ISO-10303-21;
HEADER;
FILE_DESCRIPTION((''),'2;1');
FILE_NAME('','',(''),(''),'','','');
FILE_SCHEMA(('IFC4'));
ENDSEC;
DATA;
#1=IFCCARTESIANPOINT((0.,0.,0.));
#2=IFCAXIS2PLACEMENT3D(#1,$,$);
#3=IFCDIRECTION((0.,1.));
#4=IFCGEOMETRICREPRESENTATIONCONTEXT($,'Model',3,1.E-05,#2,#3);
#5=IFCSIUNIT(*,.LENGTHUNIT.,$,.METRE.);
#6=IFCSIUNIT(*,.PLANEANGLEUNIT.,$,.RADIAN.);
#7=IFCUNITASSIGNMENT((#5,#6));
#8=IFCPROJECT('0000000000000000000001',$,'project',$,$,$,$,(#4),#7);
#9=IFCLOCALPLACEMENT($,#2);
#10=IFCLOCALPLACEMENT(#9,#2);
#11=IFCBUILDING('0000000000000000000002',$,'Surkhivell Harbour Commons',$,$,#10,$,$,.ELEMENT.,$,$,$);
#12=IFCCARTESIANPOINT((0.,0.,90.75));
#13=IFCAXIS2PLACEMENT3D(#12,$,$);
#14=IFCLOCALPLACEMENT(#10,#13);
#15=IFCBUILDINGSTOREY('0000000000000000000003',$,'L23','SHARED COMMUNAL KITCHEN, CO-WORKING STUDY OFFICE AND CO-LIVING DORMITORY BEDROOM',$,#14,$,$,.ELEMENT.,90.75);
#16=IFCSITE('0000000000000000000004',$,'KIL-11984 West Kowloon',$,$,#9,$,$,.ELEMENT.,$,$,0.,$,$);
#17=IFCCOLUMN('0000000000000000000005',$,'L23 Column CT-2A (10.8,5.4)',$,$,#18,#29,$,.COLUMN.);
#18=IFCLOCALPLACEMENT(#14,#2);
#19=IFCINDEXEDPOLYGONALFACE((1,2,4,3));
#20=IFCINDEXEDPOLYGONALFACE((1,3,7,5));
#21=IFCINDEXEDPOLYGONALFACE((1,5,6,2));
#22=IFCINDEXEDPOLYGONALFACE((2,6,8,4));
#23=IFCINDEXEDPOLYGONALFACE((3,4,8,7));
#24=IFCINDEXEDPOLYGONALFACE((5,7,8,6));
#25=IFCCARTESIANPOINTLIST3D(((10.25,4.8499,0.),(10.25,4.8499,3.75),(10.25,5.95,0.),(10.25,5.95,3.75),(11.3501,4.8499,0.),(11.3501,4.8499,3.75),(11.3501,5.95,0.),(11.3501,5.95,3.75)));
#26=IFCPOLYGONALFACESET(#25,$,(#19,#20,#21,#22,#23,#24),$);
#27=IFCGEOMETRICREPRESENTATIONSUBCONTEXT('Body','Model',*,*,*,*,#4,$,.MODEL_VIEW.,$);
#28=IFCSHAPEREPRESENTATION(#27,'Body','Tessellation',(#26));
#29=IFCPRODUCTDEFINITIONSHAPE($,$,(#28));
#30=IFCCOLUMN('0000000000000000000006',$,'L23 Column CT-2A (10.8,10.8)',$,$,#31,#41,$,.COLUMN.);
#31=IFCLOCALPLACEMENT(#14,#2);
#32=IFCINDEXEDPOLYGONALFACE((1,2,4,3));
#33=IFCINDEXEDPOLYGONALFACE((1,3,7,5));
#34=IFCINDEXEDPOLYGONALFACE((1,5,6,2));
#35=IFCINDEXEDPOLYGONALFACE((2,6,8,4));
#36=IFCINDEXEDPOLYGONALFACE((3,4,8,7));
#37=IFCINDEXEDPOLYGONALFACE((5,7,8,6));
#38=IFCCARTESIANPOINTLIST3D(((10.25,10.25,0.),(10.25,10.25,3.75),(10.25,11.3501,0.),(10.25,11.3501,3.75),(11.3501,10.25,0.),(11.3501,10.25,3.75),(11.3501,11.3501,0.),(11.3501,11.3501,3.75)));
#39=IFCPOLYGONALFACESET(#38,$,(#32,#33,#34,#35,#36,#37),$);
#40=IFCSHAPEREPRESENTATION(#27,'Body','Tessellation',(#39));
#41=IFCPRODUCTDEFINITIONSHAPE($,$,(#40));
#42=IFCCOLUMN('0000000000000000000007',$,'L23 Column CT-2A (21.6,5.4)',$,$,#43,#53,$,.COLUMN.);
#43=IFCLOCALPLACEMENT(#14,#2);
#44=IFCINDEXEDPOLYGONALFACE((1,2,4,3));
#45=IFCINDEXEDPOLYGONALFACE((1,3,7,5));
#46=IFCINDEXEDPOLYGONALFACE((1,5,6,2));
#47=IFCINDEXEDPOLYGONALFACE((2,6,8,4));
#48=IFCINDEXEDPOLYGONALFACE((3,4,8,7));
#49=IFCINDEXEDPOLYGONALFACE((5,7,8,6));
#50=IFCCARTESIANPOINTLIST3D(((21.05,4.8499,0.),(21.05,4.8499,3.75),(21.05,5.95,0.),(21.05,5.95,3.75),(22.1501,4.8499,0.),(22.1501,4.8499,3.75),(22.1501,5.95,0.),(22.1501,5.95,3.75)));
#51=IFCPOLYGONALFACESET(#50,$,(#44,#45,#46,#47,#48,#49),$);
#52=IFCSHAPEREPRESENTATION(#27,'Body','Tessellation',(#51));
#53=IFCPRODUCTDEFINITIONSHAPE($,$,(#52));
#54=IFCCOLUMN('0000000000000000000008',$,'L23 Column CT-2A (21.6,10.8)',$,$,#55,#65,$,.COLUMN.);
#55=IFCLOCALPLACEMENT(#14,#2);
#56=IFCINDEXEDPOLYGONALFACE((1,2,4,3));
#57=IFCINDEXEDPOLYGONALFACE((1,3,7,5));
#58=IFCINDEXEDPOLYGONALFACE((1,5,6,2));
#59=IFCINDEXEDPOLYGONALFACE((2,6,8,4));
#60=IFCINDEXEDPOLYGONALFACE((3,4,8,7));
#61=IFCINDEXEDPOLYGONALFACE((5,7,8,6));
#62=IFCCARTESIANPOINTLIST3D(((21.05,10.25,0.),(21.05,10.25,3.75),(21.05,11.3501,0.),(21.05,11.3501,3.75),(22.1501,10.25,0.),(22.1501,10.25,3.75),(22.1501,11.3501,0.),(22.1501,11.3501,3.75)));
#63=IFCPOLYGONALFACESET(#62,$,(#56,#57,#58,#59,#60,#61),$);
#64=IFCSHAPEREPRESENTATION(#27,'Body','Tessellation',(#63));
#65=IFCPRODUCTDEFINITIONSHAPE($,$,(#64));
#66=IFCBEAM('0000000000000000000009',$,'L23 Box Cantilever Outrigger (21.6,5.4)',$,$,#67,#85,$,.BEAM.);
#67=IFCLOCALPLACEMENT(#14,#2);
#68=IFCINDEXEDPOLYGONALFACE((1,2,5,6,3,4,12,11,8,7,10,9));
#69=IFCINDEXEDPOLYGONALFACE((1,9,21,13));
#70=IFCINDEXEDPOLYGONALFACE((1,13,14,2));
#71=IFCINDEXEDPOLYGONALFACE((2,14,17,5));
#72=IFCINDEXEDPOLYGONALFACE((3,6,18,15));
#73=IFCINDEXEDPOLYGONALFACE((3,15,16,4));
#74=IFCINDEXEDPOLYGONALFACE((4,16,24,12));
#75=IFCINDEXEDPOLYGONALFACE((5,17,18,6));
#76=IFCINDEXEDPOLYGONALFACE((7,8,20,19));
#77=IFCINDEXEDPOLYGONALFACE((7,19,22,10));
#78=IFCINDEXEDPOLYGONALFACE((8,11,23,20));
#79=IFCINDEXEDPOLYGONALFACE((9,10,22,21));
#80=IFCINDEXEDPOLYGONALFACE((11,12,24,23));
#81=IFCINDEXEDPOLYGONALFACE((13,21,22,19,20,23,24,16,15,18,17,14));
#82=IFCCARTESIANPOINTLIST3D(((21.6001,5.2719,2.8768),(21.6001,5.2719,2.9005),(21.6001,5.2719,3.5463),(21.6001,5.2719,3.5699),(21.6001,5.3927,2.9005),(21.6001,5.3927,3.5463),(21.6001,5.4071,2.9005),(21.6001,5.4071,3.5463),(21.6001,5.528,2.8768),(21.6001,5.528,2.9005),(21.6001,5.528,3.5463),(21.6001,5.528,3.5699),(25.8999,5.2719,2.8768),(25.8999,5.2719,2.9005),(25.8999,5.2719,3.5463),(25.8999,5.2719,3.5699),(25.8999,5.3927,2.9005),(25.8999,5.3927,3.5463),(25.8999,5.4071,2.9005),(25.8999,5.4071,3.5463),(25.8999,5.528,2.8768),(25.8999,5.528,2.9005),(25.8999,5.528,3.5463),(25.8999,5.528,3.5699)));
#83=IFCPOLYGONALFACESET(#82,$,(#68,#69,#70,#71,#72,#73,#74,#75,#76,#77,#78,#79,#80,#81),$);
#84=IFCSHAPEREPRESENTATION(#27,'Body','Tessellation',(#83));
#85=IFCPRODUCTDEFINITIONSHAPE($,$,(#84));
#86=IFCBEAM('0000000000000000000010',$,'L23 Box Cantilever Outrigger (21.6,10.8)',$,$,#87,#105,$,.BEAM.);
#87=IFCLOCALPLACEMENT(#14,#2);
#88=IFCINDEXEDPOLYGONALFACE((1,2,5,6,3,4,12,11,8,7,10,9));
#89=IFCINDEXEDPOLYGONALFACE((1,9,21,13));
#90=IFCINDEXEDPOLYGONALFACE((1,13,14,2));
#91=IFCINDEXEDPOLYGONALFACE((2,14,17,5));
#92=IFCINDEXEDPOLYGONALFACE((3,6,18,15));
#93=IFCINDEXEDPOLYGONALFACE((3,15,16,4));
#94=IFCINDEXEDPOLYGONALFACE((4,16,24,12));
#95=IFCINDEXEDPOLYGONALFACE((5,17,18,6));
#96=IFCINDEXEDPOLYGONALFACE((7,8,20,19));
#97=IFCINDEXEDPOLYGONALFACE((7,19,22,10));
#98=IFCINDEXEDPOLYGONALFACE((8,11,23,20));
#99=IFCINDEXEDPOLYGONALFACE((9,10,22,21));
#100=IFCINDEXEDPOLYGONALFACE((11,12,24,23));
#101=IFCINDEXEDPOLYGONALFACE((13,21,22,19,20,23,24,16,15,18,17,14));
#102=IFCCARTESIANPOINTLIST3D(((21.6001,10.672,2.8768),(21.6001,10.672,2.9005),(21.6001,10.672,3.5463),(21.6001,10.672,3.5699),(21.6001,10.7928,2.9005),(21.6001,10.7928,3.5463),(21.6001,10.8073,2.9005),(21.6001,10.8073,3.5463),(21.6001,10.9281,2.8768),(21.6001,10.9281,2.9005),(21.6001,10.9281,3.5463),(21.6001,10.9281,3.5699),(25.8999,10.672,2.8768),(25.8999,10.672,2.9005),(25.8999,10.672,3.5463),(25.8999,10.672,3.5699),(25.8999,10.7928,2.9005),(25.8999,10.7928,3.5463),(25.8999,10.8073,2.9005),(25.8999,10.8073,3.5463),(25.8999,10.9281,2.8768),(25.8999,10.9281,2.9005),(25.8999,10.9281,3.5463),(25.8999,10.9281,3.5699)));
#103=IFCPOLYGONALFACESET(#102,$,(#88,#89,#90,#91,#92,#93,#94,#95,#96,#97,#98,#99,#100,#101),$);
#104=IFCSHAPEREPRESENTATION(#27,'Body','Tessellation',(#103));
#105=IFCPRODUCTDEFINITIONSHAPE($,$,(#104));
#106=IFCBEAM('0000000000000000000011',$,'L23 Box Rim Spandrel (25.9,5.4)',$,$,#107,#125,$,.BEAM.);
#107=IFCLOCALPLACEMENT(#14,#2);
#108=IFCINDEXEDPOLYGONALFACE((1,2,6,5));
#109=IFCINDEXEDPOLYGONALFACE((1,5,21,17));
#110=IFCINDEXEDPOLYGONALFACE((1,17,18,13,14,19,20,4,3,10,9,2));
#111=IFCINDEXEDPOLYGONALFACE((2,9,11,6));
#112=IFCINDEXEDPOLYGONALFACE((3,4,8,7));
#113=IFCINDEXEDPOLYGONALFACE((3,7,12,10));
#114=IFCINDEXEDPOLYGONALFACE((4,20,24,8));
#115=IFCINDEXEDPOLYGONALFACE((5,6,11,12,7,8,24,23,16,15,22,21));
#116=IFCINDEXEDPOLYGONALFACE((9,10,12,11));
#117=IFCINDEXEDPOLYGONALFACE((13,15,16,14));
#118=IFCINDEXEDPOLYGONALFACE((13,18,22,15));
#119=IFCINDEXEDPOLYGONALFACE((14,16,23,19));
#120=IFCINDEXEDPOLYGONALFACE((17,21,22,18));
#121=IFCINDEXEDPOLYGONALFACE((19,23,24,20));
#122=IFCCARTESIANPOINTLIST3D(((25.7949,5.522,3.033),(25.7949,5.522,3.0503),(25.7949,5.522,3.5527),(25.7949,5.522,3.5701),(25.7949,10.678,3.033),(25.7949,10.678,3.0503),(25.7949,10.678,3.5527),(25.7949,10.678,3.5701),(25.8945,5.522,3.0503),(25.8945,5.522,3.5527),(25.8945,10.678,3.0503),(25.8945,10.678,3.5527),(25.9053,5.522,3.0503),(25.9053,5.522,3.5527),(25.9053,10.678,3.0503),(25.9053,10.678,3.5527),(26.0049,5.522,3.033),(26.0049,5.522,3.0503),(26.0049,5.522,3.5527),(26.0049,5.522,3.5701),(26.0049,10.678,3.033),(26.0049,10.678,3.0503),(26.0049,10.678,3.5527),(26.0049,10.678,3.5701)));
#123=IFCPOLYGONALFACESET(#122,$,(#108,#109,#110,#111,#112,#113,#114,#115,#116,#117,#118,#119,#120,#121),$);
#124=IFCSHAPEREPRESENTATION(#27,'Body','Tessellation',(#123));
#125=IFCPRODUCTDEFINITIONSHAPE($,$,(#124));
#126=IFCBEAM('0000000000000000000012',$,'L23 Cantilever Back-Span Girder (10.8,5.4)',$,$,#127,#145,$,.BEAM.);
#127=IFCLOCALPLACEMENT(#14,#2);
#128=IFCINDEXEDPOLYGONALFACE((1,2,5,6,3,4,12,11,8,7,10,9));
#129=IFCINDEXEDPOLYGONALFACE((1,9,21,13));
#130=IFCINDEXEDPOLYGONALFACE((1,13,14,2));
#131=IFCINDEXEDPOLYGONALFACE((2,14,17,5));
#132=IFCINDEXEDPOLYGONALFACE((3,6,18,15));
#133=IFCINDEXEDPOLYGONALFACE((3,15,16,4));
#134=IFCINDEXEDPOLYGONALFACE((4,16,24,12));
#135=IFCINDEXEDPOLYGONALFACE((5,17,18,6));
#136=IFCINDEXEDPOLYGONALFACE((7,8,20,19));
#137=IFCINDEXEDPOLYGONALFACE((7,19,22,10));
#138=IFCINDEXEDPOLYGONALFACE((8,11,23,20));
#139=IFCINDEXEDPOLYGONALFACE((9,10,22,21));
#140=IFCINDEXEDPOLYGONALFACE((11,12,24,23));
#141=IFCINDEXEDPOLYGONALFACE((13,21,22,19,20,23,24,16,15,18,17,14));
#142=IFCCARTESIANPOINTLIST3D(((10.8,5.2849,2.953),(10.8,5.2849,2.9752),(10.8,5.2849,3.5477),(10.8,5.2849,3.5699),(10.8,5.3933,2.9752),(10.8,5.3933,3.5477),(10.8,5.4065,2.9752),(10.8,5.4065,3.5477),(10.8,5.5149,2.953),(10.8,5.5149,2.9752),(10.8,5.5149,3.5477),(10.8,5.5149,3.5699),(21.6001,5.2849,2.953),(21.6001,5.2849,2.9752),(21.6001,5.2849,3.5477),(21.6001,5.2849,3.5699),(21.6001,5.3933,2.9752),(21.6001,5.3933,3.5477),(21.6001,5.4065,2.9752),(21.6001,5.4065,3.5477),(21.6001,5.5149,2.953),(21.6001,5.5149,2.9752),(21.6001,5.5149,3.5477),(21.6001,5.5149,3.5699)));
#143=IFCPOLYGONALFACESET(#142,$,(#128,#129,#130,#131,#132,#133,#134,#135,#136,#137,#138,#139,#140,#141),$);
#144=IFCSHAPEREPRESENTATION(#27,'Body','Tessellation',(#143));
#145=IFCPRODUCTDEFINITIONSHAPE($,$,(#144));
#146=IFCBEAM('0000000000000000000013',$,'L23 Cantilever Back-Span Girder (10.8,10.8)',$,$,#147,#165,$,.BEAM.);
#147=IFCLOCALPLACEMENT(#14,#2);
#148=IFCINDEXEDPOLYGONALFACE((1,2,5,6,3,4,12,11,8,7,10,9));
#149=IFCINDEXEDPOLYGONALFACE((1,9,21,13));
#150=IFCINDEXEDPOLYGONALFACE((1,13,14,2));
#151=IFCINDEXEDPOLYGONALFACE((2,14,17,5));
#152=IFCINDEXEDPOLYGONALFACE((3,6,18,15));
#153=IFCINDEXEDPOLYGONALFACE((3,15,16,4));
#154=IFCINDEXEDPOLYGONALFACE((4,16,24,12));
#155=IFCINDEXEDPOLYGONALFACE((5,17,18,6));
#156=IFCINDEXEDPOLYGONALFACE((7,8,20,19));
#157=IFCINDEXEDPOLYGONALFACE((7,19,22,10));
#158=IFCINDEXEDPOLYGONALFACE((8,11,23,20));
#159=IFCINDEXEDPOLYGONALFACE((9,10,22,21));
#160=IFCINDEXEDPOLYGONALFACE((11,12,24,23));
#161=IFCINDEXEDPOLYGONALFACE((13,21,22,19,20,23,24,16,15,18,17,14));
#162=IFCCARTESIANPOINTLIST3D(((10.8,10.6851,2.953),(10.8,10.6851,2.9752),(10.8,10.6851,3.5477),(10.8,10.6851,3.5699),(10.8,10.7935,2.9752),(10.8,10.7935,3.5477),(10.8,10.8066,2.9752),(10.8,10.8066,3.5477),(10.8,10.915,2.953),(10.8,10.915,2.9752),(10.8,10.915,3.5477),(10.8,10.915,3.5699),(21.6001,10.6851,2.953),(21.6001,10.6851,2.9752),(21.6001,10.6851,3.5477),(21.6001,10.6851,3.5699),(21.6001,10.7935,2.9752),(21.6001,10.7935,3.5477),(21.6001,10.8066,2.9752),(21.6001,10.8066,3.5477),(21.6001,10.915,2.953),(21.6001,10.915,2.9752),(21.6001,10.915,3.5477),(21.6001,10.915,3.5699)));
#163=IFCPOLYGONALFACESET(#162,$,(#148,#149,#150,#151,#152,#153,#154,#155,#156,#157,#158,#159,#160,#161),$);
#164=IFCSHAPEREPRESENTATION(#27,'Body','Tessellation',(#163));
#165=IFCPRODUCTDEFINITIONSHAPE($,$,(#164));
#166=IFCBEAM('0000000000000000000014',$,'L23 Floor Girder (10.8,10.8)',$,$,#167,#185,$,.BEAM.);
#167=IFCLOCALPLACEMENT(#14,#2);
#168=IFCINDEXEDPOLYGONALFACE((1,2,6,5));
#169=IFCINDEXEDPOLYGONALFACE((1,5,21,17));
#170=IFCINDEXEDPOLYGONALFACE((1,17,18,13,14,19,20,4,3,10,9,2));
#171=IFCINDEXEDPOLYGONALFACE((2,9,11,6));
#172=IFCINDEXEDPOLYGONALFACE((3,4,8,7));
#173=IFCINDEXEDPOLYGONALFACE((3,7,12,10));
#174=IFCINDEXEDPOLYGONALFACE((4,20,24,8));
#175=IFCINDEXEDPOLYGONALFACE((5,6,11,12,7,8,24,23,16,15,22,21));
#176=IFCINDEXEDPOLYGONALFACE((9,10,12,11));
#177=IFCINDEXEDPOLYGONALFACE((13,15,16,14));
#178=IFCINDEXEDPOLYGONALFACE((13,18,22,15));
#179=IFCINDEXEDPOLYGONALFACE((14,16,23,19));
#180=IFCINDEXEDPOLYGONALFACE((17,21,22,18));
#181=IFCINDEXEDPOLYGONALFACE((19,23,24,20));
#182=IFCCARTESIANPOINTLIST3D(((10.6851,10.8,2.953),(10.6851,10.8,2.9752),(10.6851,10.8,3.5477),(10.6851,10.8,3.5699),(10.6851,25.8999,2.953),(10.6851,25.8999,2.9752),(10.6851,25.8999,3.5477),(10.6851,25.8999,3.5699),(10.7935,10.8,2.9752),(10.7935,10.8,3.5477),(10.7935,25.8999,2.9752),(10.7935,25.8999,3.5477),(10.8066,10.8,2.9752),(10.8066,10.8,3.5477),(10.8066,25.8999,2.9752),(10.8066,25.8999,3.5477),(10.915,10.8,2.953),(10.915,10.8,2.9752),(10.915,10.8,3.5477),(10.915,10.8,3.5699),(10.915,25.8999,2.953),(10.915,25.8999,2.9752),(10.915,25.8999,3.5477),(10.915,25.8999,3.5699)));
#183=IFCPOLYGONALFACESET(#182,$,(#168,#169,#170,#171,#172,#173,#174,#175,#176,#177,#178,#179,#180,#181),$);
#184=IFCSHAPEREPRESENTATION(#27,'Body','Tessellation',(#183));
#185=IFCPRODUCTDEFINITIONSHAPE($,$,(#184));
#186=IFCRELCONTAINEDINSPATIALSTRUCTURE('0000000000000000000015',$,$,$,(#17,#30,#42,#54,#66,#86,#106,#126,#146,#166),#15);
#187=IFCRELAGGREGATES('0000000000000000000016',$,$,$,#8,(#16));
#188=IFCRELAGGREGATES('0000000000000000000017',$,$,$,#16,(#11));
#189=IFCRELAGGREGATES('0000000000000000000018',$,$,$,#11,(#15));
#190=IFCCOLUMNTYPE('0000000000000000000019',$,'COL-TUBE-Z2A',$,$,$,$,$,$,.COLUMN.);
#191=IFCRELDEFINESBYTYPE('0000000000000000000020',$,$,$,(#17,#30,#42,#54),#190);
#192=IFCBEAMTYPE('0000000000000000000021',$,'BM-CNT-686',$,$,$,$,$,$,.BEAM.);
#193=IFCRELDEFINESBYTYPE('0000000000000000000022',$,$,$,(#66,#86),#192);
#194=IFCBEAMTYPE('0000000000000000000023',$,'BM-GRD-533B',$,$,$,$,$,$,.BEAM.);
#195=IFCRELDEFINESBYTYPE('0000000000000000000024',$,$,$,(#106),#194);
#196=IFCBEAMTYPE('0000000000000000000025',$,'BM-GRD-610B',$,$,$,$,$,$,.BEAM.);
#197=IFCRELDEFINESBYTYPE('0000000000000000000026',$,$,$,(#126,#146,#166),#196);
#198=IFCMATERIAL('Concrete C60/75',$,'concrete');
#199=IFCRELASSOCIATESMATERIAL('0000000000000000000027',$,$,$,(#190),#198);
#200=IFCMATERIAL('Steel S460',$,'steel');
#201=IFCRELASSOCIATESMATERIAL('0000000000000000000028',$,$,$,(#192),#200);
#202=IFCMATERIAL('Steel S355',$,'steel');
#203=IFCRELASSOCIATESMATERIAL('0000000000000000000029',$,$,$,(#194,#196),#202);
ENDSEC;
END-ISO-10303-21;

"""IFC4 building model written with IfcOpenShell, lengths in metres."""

from ifc_helpers import new_model, si_unit, direction, frame, origin, origin_2d, place, context, subcontext, project, spatial, rectangle, i_section, extrude, material, material_profile, profile_set, type_object, element, save


model = new_model("IFC4")

# Units and contexts
model_context = context("Model", 3, precision=1e-05, world=origin(), true_north=direction((0.0, 1.0)))
body_context = subcontext(model_context, "Body", "Model", "MODEL_VIEW")
ifc_project = project(units=[si_unit("LENGTHUNIT", "METRE"), si_unit("PLANEANGLEUNIT", "RADIAN")], contexts=[model_context])

# Site, building, storey
site_placement = place(None, origin())
site = spatial("IfcSite", under=ifc_project, at=site_placement, Name="KIL-11984 West Kowloon", CompositionType="ELEMENT", RefElevation=0.0)
building_placement = place(site_placement, origin())
building = spatial("IfcBuilding", under=site, at=building_placement, Name="Surkhivell Harbour Commons", CompositionType="ELEMENT")
storey_placement = place(building_placement, frame((0.0, 0.0, 90.75)))
storey = spatial("IfcBuildingStorey", under=building, at=storey_placement, Name="L23", Description="SHARED COMMUNAL KITCHEN, CO-WORKING STUDY OFFICE AND CO-LIVING DORMITORY BEDROOM", CompositionType="ELEMENT", Elevation=90.75)

# Columns
ifc_material_1 = material(Name="Concrete C60/75", Category="concrete")
ifc_material_profile_1 = material_profile(ifc_material_1, rectangle(XDim=1.1001, YDim=1.1001, at=origin_2d()), Name="RC-COL-1100x1100")
ifc_profile_set_1 = profile_set([ifc_material_profile_1], Name="Concrete C60/75")
column_type = type_object("IfcColumnType", Name="COL-TUBE-Z2A", PredefinedType="COLUMN", material=ifc_profile_set_1)
for number, where, z_axis, x_axis, name in (
    (1, (10.8, 5.3999, 0.0), (0.0, 0.0, 1.0), (1.0, 0.0, 0.0), "L23 Column CT-2A (10.8,5.4)"),
    (2, (10.8, 10.8, 0.0), (0.0, 0.0, 1.0), (1.0, 0.0, 0.0), "L23 Column CT-2A (10.8,10.8)"),
    (3, (21.6001, 5.3999, 0.0), (0.0, 0.0, 1.0), (1.0, 0.0, 0.0), "L23 Column CT-2A (21.6,5.4)"),
    (4, (21.6001, 10.8, 0.0), (0.0, 0.0, 1.0), (1.0, 0.0, 0.0), "L23 Column CT-2A (21.6,10.8)"),
):
    element("IfcColumn", number, at=place(storey_placement, frame(where, z_axis=z_axis, x_axis=x_axis)), inside=storey, type_object=column_type, Name=name, PredefinedType="COLUMN", context=body_context, shape_type="SweptSolid", body=[
        extrude(rectangle(XDim=1.1001, YDim=1.1001, at=origin_2d()), origin(), (0.0, 0.0, 1.0), 3.75),
    ])

# Beams
ifc_material_2 = material(Name="Steel S460", Category="steel")
ifc_material_profile_2 = material_profile(ifc_material_2, i_section(OverallWidth=0.2561, OverallDepth=0.6931, WebThickness=0.0144, FlangeThickness=0.0237, at=origin_2d()), Name="UB686x254x170")
ifc_profile_set_2 = profile_set([ifc_material_profile_2], Name="Steel S460")
beam_type_1 = type_object("IfcBeamType", Name="BM-CNT-686", PredefinedType="BEAM", material=ifc_profile_set_2)
for number, where, z_axis, x_axis, name in (
    (5, (21.6001, 5.3999, 3.2234), (1.0, 0.0, 0.0), (0.0, 1.0, 0.0), "L23 Box Cantilever Outrigger (21.6,5.4)"),
    (6, (21.6001, 10.8, 3.2234), (1.0, 0.0, 0.0), (0.0, 1.0, 0.0), "L23 Box Cantilever Outrigger (21.6,10.8)"),
):
    element("IfcBeam", number, at=place(storey_placement, frame(where, z_axis=z_axis, x_axis=x_axis)), inside=storey, type_object=beam_type_1, Name=name, PredefinedType="BEAM", context=body_context, shape_type="SweptSolid", body=[
        extrude(i_section(OverallWidth=0.2561, OverallDepth=0.6931, WebThickness=0.0144, FlangeThickness=0.0237, at=origin_2d()), origin(), (0.0, 0.0, 1.0), 4.2998),
    ])
ifc_material_3 = material(Name="Steel S355", Category="steel")
ifc_material_profile_3 = material_profile(ifc_material_3, i_section(OverallWidth=0.21, OverallDepth=0.5371, WebThickness=0.0107, FlangeThickness=0.0173, at=origin_2d()), Name="UB533x210x101")
ifc_profile_set_3 = profile_set([ifc_material_profile_3], Name="Steel S355")
beam_type_2 = type_object("IfcBeamType", Name="BM-GRD-533B", PredefinedType="BEAM", material=ifc_profile_set_3)
beam_1_placement = place(storey_placement, frame((25.8999, 5.522, 3.3015), z_axis=(0.0, 1.0, 0.0), x_axis=(-1.0, 0.0, 0.0)))
element("IfcBeam", 7, at=beam_1_placement, inside=storey, type_object=beam_type_2, Name="L23 Box Rim Spandrel (25.9,5.4)", PredefinedType="BEAM", context=body_context, shape_type="SweptSolid", body=[
    extrude(i_section(OverallWidth=0.21, OverallDepth=0.5371, WebThickness=0.0107, FlangeThickness=0.0173, at=origin_2d()), origin(), (0.0, 0.0, 1.0), 5.156),
])
ifc_material_profile_4 = material_profile(ifc_material_3, i_section(OverallWidth=0.23, OverallDepth=0.6169, WebThickness=0.0132, FlangeThickness=0.0222, at=origin_2d()), Name="UB610x229x140")
ifc_profile_set_4 = profile_set([ifc_material_profile_4], Name="Steel S355")
beam_type_3 = type_object("IfcBeamType", Name="BM-GRD-610B", PredefinedType="BEAM", material=ifc_profile_set_4)
for number, where, z_axis, x_axis, name in (
    (8, (10.8, 5.3999, 3.2615), (1.0, 0.0, 0.0), (0.0, 1.0, 0.0), "L23 Cantilever Back-Span Girder (10.8,5.4)"),
    (9, (10.8, 10.8, 3.2615), (1.0, 0.0, 0.0), (0.0, 1.0, 0.0), "L23 Cantilever Back-Span Girder (10.8,10.8)"),
):
    element("IfcBeam", number, at=place(storey_placement, frame(where, z_axis=z_axis, x_axis=x_axis)), inside=storey, type_object=beam_type_3, Name=name, PredefinedType="BEAM", context=body_context, shape_type="SweptSolid", body=[
        extrude(i_section(OverallWidth=0.23, OverallDepth=0.6169, WebThickness=0.0132, FlangeThickness=0.0222, at=origin_2d()), origin(), (0.0, 0.0, 1.0), 10.8),
    ])
beam_2_placement = place(storey_placement, frame((10.8, 10.8, 3.2615), z_axis=(0.0, 1.0, 0.0), x_axis=(-1.0, 0.0, 0.0)))
element("IfcBeam", 10, at=beam_2_placement, inside=storey, type_object=beam_type_3, Name="L23 Floor Girder (10.8,10.8)", PredefinedType="BEAM", context=body_context, shape_type="SweptSolid", body=[
    extrude(i_section(OverallWidth=0.23, OverallDepth=0.6169, WebThickness=0.0132, FlangeThickness=0.0222, at=origin_2d()), origin(), (0.0, 0.0, 1.0), 15.0999),
])

save(model, "model.ifc")
